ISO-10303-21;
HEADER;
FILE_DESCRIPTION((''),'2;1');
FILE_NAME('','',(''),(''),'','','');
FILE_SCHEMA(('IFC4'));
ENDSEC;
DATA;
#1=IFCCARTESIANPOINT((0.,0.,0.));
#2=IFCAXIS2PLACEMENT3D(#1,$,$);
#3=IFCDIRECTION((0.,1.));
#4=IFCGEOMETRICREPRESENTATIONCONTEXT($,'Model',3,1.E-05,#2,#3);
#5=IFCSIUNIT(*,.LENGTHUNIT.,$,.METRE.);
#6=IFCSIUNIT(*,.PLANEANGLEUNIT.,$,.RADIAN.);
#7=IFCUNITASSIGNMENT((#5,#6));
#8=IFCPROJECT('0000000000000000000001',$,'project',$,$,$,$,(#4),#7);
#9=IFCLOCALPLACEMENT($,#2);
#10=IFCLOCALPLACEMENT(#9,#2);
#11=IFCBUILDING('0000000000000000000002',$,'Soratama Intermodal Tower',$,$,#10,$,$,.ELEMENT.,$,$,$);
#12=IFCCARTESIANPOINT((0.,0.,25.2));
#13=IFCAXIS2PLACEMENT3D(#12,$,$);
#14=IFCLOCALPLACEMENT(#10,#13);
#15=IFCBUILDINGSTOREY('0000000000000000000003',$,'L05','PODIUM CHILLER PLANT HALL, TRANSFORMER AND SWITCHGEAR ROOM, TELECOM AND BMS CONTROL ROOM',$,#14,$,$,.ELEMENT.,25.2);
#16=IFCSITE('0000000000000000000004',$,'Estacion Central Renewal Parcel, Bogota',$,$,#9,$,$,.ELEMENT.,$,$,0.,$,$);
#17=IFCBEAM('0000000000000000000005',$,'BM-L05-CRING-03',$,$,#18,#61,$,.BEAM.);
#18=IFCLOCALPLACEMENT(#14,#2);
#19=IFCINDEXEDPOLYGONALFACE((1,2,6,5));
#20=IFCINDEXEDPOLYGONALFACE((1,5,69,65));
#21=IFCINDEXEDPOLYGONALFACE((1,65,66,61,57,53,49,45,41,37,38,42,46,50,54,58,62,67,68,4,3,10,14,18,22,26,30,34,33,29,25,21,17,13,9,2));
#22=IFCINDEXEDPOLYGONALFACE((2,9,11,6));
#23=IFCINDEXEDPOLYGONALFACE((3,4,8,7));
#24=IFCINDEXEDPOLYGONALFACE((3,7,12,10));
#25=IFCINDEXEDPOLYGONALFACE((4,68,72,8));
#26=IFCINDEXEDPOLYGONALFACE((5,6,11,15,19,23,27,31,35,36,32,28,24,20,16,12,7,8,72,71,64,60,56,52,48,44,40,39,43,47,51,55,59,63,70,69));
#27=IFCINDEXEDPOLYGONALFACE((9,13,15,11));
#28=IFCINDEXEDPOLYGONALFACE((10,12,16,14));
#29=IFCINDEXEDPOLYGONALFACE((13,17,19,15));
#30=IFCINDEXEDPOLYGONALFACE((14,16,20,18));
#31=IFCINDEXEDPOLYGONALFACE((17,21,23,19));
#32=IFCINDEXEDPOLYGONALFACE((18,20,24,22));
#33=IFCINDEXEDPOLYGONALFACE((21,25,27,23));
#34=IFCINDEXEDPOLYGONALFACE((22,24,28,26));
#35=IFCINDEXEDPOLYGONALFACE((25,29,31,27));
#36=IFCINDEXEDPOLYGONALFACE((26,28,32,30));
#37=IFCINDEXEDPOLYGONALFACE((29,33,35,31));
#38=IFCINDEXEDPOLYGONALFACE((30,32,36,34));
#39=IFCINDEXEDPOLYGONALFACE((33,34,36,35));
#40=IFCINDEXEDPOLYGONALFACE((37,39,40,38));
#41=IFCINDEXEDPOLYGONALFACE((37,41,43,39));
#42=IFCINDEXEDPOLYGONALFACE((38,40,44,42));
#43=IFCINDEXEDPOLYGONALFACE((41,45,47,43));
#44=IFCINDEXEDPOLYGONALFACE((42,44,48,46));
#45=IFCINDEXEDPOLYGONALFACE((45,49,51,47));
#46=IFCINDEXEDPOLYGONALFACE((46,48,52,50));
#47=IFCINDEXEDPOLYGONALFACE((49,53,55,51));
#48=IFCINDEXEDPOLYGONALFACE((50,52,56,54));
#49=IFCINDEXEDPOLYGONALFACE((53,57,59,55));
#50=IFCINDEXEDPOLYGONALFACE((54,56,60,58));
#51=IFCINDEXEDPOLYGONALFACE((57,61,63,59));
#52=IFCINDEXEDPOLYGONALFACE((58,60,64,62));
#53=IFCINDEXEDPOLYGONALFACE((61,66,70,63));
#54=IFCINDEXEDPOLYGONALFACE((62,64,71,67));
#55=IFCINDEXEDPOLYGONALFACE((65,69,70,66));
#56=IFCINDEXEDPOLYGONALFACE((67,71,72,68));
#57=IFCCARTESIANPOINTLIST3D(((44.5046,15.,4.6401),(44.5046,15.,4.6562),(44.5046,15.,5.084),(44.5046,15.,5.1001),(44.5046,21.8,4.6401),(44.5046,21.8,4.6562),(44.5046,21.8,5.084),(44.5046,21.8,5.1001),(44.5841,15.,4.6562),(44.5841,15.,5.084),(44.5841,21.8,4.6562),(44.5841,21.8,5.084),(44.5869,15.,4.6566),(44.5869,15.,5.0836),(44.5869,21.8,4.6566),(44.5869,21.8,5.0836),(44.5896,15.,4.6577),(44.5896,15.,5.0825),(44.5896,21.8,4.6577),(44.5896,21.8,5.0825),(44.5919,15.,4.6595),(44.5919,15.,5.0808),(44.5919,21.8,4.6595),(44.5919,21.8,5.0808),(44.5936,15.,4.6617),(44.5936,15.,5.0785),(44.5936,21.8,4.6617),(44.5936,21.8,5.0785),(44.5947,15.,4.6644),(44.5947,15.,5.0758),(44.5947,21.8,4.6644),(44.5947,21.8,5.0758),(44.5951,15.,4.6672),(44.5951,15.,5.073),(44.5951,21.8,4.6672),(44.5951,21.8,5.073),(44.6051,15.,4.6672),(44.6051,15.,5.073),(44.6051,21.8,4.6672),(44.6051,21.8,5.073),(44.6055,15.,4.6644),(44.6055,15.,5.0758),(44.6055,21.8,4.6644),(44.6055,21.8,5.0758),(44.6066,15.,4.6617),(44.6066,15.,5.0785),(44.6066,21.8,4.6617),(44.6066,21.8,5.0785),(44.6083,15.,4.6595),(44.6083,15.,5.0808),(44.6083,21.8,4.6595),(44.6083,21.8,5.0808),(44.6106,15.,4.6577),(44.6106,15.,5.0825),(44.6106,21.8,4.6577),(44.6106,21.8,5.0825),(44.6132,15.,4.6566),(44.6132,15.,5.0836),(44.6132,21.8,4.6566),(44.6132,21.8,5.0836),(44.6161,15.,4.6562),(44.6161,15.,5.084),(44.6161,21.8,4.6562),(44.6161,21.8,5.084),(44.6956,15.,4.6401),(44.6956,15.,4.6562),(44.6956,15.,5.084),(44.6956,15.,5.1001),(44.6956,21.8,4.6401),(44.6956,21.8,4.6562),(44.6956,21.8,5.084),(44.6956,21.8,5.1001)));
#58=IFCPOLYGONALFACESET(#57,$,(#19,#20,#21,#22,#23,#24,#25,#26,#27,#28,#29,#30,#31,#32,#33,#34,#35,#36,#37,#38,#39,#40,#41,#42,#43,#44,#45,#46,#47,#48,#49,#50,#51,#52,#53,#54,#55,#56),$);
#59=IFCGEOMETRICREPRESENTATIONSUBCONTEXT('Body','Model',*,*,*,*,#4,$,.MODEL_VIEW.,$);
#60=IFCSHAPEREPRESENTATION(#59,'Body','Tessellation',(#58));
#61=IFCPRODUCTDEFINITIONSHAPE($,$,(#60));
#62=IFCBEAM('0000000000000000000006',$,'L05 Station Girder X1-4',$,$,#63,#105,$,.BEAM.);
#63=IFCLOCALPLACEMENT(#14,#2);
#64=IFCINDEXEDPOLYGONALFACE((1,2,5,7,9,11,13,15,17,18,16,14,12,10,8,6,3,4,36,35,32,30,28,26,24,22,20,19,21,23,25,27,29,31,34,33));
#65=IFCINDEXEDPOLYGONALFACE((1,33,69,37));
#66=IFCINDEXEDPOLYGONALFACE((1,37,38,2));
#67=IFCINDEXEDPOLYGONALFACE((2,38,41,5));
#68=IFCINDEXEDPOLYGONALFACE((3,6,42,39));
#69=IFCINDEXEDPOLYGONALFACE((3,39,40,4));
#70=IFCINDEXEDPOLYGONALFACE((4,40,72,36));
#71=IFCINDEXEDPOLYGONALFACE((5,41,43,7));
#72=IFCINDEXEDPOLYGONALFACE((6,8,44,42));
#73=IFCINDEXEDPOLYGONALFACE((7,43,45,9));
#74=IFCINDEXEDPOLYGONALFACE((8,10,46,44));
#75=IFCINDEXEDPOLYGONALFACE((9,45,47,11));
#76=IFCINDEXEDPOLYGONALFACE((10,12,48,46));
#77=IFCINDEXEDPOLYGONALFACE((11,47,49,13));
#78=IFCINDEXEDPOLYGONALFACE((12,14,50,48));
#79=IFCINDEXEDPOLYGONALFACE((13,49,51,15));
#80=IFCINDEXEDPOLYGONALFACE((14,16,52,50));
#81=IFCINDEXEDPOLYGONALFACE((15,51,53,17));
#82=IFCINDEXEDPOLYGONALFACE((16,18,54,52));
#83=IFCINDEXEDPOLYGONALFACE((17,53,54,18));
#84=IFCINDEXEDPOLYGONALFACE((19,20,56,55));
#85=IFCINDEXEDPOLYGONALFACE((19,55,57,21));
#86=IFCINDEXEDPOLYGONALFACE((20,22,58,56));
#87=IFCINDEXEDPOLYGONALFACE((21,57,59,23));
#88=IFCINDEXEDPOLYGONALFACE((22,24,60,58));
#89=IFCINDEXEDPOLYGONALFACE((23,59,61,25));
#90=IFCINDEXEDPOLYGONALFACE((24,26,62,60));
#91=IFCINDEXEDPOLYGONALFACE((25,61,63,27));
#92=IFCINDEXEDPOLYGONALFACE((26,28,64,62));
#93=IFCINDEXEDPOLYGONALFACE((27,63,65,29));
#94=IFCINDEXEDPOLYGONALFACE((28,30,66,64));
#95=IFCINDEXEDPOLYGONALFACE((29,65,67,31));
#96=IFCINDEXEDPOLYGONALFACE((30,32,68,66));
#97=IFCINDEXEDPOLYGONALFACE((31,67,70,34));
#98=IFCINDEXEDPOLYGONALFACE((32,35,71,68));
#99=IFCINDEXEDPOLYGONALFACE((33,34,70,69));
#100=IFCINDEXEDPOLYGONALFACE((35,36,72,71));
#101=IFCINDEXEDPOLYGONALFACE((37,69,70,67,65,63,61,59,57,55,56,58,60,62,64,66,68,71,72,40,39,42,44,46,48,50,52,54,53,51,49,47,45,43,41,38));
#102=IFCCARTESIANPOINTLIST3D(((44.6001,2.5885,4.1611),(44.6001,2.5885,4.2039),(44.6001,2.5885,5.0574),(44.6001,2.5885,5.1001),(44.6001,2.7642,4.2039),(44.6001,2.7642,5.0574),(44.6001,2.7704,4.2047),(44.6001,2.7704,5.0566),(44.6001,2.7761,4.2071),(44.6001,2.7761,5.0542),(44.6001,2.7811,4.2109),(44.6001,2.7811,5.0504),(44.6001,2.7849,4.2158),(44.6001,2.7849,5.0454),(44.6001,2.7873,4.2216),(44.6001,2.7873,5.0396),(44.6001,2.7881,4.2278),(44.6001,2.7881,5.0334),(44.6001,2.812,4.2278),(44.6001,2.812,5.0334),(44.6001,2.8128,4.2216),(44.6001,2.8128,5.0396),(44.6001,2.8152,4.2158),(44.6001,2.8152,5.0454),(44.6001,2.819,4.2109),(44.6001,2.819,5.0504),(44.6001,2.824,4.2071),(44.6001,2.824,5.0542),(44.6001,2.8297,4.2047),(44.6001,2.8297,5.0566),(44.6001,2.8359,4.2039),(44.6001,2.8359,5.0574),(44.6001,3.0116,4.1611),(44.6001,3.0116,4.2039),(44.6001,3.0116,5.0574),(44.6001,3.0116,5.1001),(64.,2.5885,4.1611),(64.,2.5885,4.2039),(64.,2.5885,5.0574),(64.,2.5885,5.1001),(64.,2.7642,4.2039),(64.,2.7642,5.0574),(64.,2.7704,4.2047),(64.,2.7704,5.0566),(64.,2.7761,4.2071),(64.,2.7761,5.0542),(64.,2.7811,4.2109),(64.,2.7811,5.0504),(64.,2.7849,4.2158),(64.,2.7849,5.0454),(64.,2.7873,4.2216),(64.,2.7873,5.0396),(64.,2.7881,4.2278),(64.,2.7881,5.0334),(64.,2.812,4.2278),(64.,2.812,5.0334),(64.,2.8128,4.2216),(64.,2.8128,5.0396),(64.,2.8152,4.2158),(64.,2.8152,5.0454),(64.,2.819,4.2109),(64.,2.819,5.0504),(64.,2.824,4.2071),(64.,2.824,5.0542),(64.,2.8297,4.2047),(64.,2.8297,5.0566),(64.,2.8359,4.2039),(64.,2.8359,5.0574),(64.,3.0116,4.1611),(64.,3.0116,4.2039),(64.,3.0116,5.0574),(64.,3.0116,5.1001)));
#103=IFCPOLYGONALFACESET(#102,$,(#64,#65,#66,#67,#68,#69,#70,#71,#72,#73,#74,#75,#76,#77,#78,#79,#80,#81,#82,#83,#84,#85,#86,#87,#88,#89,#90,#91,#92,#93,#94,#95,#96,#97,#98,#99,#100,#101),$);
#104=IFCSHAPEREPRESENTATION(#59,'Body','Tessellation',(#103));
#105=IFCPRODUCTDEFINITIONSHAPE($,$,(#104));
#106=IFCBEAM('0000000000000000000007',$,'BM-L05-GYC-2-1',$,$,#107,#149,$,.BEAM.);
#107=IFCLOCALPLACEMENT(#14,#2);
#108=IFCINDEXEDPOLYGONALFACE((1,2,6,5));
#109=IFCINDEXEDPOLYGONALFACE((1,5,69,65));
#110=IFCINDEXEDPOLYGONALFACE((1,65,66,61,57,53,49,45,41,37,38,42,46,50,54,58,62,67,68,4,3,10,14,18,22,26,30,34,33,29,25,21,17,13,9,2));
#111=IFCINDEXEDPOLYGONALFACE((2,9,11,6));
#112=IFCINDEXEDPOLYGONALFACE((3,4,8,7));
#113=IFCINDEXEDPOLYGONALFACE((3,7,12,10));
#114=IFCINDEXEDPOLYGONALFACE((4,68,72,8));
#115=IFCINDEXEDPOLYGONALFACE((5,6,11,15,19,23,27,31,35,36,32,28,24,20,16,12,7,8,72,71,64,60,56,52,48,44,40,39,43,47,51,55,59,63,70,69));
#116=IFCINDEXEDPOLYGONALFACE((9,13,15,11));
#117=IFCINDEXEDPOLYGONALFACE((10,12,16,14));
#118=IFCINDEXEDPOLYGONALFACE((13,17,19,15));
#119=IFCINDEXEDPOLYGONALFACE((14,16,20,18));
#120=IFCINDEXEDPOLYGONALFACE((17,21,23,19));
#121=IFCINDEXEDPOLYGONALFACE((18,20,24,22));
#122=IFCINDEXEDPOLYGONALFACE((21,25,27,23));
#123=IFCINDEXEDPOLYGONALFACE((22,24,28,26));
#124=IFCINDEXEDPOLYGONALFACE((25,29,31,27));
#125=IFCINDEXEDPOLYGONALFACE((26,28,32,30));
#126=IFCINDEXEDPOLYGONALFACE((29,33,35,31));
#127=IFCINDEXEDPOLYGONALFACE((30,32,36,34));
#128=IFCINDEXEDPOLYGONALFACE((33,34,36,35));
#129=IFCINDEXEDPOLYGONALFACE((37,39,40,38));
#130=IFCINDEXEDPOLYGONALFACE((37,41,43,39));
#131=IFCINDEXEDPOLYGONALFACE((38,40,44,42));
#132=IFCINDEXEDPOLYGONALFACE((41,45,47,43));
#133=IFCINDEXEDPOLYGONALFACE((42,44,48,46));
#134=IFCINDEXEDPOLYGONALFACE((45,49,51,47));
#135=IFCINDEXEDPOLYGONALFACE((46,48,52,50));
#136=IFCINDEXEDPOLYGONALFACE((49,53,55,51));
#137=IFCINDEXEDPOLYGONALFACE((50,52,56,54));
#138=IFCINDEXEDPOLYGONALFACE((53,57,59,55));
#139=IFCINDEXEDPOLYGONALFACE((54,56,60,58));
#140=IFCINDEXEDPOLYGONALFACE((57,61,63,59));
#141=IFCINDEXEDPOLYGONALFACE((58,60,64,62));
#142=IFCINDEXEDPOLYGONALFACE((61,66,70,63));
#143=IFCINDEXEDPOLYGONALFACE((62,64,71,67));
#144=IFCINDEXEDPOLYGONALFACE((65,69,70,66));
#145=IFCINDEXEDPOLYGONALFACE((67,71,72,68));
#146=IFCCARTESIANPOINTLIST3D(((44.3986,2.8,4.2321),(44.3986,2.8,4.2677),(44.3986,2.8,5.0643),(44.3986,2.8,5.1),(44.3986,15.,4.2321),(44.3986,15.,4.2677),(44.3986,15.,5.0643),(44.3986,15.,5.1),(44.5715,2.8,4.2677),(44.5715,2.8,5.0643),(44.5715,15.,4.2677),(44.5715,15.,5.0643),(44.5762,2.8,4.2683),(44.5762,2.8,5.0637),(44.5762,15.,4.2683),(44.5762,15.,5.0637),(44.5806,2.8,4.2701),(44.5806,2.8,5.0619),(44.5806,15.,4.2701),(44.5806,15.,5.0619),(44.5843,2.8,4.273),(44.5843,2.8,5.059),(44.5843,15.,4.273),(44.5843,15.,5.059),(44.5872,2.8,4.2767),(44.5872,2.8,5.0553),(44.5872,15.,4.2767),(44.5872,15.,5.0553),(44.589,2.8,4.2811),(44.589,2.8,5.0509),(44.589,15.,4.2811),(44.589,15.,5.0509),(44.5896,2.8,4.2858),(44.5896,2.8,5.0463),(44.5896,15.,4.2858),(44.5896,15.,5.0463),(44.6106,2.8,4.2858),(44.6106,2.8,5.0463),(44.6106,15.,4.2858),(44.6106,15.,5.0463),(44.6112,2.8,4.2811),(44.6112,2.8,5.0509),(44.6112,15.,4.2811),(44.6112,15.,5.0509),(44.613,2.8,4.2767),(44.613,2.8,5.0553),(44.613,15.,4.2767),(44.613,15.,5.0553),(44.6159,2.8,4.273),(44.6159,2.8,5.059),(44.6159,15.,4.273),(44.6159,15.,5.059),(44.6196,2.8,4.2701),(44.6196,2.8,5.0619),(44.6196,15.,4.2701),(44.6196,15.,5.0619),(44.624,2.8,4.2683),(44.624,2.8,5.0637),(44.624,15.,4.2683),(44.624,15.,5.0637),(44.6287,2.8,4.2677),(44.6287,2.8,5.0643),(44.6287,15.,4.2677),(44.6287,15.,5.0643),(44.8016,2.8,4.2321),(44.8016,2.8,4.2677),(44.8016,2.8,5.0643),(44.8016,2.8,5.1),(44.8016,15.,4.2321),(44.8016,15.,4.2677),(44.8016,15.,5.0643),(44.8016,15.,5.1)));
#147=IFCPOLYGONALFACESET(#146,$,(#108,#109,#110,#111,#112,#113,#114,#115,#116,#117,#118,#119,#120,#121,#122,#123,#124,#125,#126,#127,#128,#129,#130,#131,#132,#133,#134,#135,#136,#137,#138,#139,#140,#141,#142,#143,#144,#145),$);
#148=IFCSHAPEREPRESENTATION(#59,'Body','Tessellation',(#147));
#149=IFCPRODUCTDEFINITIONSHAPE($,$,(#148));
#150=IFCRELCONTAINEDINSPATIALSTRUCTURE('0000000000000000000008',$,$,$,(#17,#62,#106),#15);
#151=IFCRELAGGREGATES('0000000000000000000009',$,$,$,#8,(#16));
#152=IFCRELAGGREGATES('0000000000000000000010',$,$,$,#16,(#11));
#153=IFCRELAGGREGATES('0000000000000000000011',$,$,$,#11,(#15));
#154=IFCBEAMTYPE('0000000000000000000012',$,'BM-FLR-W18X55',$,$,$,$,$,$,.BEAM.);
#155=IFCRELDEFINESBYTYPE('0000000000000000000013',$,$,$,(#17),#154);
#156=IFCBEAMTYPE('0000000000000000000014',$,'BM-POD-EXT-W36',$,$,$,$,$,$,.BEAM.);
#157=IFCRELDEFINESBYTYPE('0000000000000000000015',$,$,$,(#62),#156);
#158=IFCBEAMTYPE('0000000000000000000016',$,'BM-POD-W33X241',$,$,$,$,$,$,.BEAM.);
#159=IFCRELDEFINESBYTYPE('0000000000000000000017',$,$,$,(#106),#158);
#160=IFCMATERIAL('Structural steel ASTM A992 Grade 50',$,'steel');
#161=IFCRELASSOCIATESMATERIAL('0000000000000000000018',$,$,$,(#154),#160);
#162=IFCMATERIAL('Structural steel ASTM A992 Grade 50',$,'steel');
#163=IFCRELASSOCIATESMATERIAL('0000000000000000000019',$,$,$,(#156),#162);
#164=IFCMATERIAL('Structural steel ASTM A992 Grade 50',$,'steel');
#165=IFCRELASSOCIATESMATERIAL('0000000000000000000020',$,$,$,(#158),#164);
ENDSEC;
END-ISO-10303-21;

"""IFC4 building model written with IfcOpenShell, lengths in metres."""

from ifc_helpers import new_model, si_unit, direction, frame, origin, origin_2d, place, context, subcontext, project, spatial, i_section, extrude, material, material_profile, profile_set, type_object, element, save


model = new_model("IFC4")

# Units and contexts
model_context = context("Model", 3, precision=1e-05, world=origin(), true_north=direction((0.0, 1.0)))
body_context = subcontext(model_context, "Body", "Model", "MODEL_VIEW")
ifc_project = project(units=[si_unit("LENGTHUNIT", "METRE"), si_unit("PLANEANGLEUNIT", "RADIAN")], contexts=[model_context])

# Site, building, storey
site_placement = place(None, origin())
site = spatial("IfcSite", under=ifc_project, at=site_placement, Name="Estacion Central Renewal Parcel, Bogota", CompositionType="ELEMENT", RefElevation=0.0)
building_placement = place(site_placement, origin())
building = spatial("IfcBuilding", under=site, at=building_placement, Name="Soratama Intermodal Tower", CompositionType="ELEMENT")
storey_placement = place(building_placement, frame((0.0, 0.0, 25.2)))
storey = spatial("IfcBuildingStorey", under=building, at=storey_placement, Name="L05", Description="PODIUM CHILLER PLANT HALL, TRANSFORMER AND SWITCHGEAR ROOM, TELECOM AND BMS CONTROL ROOM", CompositionType="ELEMENT", Elevation=25.2)

# Beams
ifc_material_1 = material(Name="Structural steel ASTM A992 Grade 50", Category="steel")
ifc_material_profile_1 = material_profile(ifc_material_1, i_section(OverallWidth=0.1909, OverallDepth=0.46, WebThickness=0.01, FlangeThickness=0.0161, FilletRadius=0.011, at=origin_2d()), Name="W18X55")
ifc_profile_set_1 = profile_set([ifc_material_profile_1], Name="Structural steel ASTM A992 Grade 50")
beam_type_1 = type_object("IfcBeamType", Name="BM-FLR-W18X55", PredefinedType="BEAM", material=ifc_profile_set_1)
beam_1_placement = place(storey_placement, frame((44.6001, 15.0, 4.8701), z_axis=(0.0, 1.0, 0.0), x_axis=(-1.0, 0.0, 0.0)))
element("IfcBeam", 1, at=beam_1_placement, inside=storey, type_object=beam_type_1, Name="BM-L05-CRING-03", PredefinedType="BEAM", context=body_context, shape_type="SweptSolid", body=[
    extrude(i_section(OverallWidth=0.1909, OverallDepth=0.46, WebThickness=0.01, FlangeThickness=0.0161, FilletRadius=0.011, at=origin_2d()), origin(), (0.0, 0.0, 1.0), 6.8),
])
ifc_material_2 = material(Name="Structural steel ASTM A992 Grade 50", Category="steel")
ifc_material_profile_2 = material_profile(ifc_material_2, i_section(OverallWidth=0.4231, OverallDepth=0.939, WebThickness=0.0239, FlangeThickness=0.0427, FilletRadius=0.0239, at=origin_2d()), Name="W36X302")
ifc_profile_set_2 = profile_set([ifc_material_profile_2], Name="Structural steel ASTM A992 Grade 50")
beam_type_2 = type_object("IfcBeamType", Name="BM-POD-EXT-W36", PredefinedType="BEAM", material=ifc_profile_set_2)
beam_2_placement = place(storey_placement, frame((44.6001, 2.8, 4.6306), z_axis=(1.0, 0.0, 0.0), x_axis=(0.0, 1.0, 0.0)))
element("IfcBeam", 2, at=beam_2_placement, inside=storey, type_object=beam_type_2, Name="L05 Station Girder X1-4", PredefinedType="BEAM", context=body_context, shape_type="SweptSolid", body=[
    extrude(i_section(OverallWidth=0.4231, OverallDepth=0.939, WebThickness=0.0239, FlangeThickness=0.0427, FilletRadius=0.0239, at=origin_2d()), origin(), (0.0, 0.0, 1.0), 19.3999),
])
ifc_material_3 = material(Name="Structural steel ASTM A992 Grade 50", Category="steel")
ifc_material_profile_3 = material_profile(ifc_material_3, i_section(OverallWidth=0.4031, OverallDepth=0.8679, WebThickness=0.021, FlangeThickness=0.0356, FilletRadius=0.0181, at=origin_2d()), Name="W33X241")
ifc_profile_set_3 = profile_set([ifc_material_profile_3], Name="Structural steel ASTM A992 Grade 50")
beam_type_3 = type_object("IfcBeamType", Name="BM-POD-W33X241", PredefinedType="BEAM", material=ifc_profile_set_3)
beam_3_placement = place(storey_placement, frame((44.6001, 2.8, 4.666), z_axis=(0.0, 1.0, 0.0), x_axis=(-1.0, 0.0, 0.0)))
element("IfcBeam", 3, at=beam_3_placement, inside=storey, type_object=beam_type_3, Name="BM-L05-GYC-2-1", PredefinedType="BEAM", context=body_context, shape_type="SweptSolid", body=[
    extrude(i_section(OverallWidth=0.4031, OverallDepth=0.8679, WebThickness=0.021, FlangeThickness=0.0356, FilletRadius=0.0181, at=origin_2d()), origin(), (0.0, 0.0, 1.0), 12.2),
])

save(model, "model.ifc")
